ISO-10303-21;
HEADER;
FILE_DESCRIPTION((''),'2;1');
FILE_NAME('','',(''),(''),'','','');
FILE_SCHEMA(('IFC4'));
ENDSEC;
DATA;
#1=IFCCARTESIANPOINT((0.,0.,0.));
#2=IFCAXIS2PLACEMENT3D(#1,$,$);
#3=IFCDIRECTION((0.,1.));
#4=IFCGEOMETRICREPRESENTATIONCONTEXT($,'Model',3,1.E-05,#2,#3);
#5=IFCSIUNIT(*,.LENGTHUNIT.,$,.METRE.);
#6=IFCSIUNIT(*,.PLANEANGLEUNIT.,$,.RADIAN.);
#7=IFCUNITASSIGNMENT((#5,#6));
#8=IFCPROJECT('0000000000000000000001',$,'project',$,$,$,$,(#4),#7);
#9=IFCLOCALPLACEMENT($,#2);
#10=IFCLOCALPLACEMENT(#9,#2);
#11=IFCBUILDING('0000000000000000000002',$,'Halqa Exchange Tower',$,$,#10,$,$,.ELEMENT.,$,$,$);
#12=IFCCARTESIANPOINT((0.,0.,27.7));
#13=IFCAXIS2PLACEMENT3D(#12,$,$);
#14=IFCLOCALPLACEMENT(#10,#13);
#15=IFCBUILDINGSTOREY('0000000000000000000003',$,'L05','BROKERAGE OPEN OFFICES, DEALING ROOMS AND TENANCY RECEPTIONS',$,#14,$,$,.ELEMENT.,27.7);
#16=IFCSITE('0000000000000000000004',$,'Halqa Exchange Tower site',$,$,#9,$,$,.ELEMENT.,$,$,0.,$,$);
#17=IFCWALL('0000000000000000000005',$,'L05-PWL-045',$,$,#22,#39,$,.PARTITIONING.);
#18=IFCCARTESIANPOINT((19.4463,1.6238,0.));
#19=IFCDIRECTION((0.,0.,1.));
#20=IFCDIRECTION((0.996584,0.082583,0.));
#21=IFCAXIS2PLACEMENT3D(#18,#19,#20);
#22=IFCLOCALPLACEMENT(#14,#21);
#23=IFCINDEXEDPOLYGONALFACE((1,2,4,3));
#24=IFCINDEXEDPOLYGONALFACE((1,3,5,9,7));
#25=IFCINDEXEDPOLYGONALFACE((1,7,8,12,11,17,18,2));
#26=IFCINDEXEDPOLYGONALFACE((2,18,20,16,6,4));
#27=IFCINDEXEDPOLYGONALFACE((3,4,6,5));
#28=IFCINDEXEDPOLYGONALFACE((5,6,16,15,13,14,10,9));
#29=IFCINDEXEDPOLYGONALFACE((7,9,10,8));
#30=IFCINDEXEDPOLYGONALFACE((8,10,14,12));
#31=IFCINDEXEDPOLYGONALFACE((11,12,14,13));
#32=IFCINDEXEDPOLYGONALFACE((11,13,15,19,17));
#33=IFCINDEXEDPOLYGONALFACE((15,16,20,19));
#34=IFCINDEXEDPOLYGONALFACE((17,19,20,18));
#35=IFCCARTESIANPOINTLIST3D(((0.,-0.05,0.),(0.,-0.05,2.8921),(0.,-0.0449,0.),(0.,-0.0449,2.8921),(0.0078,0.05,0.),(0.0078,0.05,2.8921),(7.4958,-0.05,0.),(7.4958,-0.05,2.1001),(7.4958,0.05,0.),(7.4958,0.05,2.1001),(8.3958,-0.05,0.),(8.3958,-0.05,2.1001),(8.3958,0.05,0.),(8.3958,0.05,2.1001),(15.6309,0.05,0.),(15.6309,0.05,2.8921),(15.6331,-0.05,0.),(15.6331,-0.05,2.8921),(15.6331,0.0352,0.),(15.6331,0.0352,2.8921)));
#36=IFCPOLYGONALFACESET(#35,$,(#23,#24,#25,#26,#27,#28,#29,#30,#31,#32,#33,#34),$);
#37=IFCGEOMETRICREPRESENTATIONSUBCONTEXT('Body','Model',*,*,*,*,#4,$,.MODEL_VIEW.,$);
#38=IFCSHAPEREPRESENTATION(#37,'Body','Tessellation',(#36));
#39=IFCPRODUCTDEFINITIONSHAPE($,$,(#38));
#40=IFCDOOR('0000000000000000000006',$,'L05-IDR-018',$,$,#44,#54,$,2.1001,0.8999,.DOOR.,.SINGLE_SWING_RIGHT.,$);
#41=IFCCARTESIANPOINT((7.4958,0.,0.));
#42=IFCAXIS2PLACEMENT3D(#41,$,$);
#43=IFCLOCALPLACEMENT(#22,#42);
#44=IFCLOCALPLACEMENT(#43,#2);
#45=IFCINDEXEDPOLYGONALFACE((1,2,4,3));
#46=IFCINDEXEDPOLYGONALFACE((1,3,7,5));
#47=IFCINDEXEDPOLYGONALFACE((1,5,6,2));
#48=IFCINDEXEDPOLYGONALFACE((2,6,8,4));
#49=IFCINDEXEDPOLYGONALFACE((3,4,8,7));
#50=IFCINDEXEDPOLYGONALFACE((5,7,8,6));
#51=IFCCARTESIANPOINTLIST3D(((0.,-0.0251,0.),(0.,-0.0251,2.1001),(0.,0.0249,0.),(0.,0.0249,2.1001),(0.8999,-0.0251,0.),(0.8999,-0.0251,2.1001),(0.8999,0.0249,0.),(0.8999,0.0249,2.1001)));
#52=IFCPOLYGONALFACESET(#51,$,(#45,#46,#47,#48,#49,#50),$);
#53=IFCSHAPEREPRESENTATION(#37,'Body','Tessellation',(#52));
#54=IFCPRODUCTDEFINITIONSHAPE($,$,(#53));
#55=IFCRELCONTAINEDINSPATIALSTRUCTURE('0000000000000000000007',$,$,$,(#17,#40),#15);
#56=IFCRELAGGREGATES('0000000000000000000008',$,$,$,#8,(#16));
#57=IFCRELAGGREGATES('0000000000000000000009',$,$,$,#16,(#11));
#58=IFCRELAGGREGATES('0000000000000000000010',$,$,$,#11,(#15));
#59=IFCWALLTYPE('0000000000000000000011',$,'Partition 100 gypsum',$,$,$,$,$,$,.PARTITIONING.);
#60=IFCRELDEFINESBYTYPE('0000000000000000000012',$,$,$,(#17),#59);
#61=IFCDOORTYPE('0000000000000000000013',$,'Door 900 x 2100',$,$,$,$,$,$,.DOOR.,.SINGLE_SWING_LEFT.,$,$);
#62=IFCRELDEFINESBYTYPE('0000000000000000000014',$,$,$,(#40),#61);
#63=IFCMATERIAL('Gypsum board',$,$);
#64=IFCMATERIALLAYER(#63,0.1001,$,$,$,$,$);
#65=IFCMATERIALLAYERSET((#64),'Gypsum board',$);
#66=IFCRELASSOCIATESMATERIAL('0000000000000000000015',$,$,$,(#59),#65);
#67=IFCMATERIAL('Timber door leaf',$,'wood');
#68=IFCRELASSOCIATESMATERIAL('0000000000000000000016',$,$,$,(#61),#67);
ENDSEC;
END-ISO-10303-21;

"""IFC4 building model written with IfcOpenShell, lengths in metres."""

from ifc_helpers import new_model, si_unit, direction, frame, frame_2d, origin, place, context, subcontext, project, spatial, polyline, rectangle, outline, extrude, material, layer, layer_set, type_object, element, fill, save


model = new_model("IFC4")

# Units and contexts
model_context = context("Model", 3, precision=1e-05, world=origin(), true_north=direction((0.0, 1.0)))
body_context = subcontext(model_context, "Body", "Model", "MODEL_VIEW")
ifc_project = project(units=[si_unit("LENGTHUNIT", "METRE"), si_unit("PLANEANGLEUNIT", "RADIAN")], contexts=[model_context])

# Site, building, storey
site_placement = place(None, origin())
site = spatial("IfcSite", under=ifc_project, at=site_placement, Name="Halqa Exchange Tower site", CompositionType="ELEMENT", RefElevation=0.0)
building_placement = place(site_placement, origin())
building = spatial("IfcBuilding", under=site, at=building_placement, Name="Halqa Exchange Tower", CompositionType="ELEMENT")
storey_placement = place(building_placement, frame((0.0, 0.0, 27.7)))
storey = spatial("IfcBuildingStorey", under=building, at=storey_placement, Name="L05", Description="BROKERAGE OPEN OFFICES, DEALING ROOMS AND TENANCY RECEPTIONS", CompositionType="ELEMENT", Elevation=27.7)

# Wall, opening, door
ifc_material_1 = material(Name="Gypsum board")
ifc_layer_1 = layer(ifc_material_1, 0.1001)
ifc_layer_set_1 = layer_set([ifc_layer_1], Name="Gypsum board")
wall_type_1 = type_object("IfcWallType", Name="Partition 100 gypsum", PredefinedType="PARTITIONING", material=ifc_layer_set_1)
wall_1_placement = place(storey_placement, frame((19.4463, 1.6238, 0.0), z_axis=(0.0, 0.0, 1.0), x_axis=(0.996584, 0.082583, 0.0)))
wall_1 = element("IfcWall", 1, at=wall_1_placement, inside=storey, type_object=wall_type_1, Name="L05-PWL-045", PredefinedType="PARTITIONING", context=body_context, shape_type="SweptSolid", body=[
    extrude(outline(polyline([(15.6331, -0.05), (15.6331, 0.0352), (15.6309, 0.05), (13.678, 0.05), (11.7251, 0.05), (9.7722, 0.05), (7.8193, 0.05), (5.8665, 0.05), (3.9136, 0.05), (1.9607, 0.05), (0.0078, 0.05), (0.0, -0.0449), (0.0, -0.05), (1.9541, -0.05), (3.9082, -0.05), (5.8623, -0.05), (7.8164, -0.05), (9.7708, -0.05), (11.7249, -0.05), (13.679, -0.05), (15.6331, -0.05)])), origin(), (0.0, 0.0, 1.0), 2.8921),
])
opening_1_placement = place(wall_1_placement, frame((7.4958, 0.0, 0.0)))
opening_1 = element("IfcOpeningElement", 2, at=opening_1_placement, cuts=wall_1, PredefinedType="OPENING", context=body_context, shape_type="SweptSolid", body=[
    extrude(rectangle(XDim=0.8999, YDim=2.1001, at=frame_2d((0.45, 1.05))), frame((0.0, 0.062, 0.0), z_axis=(0.0, -1.0, 0.0), x_axis=(1.0, 0.0, 0.0)), (0.0, 0.0, 1.0), 0.124),
])
ifc_material_2 = material(Name="Timber door leaf", Category="wood")
door_type = type_object("IfcDoorType", Name="Door 900 x 2100", OperationType="SINGLE_SWING_LEFT", PredefinedType="DOOR", material=ifc_material_2)
door_1_placement = place(opening_1_placement, origin())
door_1 = element("IfcDoor", 3, at=door_1_placement, inside=storey, type_object=door_type, Name="L05-IDR-018", OperationType="SINGLE_SWING_RIGHT", OverallHeight=2.1001, OverallWidth=0.8999, PredefinedType="DOOR", context=body_context, shape_type="SweptSolid", body=[
    extrude(rectangle(XDim=0.8999, YDim=2.1001, at=frame_2d((0.45, 1.05))), frame((0.0, 0.0249, 0.0), z_axis=(0.0, -1.0, 0.0), x_axis=(1.0, 0.0, 0.0)), (0.0, 0.0, 1.0), 0.05),
])
fill(opening_1, door_1)

save(model, "model.ifc")
